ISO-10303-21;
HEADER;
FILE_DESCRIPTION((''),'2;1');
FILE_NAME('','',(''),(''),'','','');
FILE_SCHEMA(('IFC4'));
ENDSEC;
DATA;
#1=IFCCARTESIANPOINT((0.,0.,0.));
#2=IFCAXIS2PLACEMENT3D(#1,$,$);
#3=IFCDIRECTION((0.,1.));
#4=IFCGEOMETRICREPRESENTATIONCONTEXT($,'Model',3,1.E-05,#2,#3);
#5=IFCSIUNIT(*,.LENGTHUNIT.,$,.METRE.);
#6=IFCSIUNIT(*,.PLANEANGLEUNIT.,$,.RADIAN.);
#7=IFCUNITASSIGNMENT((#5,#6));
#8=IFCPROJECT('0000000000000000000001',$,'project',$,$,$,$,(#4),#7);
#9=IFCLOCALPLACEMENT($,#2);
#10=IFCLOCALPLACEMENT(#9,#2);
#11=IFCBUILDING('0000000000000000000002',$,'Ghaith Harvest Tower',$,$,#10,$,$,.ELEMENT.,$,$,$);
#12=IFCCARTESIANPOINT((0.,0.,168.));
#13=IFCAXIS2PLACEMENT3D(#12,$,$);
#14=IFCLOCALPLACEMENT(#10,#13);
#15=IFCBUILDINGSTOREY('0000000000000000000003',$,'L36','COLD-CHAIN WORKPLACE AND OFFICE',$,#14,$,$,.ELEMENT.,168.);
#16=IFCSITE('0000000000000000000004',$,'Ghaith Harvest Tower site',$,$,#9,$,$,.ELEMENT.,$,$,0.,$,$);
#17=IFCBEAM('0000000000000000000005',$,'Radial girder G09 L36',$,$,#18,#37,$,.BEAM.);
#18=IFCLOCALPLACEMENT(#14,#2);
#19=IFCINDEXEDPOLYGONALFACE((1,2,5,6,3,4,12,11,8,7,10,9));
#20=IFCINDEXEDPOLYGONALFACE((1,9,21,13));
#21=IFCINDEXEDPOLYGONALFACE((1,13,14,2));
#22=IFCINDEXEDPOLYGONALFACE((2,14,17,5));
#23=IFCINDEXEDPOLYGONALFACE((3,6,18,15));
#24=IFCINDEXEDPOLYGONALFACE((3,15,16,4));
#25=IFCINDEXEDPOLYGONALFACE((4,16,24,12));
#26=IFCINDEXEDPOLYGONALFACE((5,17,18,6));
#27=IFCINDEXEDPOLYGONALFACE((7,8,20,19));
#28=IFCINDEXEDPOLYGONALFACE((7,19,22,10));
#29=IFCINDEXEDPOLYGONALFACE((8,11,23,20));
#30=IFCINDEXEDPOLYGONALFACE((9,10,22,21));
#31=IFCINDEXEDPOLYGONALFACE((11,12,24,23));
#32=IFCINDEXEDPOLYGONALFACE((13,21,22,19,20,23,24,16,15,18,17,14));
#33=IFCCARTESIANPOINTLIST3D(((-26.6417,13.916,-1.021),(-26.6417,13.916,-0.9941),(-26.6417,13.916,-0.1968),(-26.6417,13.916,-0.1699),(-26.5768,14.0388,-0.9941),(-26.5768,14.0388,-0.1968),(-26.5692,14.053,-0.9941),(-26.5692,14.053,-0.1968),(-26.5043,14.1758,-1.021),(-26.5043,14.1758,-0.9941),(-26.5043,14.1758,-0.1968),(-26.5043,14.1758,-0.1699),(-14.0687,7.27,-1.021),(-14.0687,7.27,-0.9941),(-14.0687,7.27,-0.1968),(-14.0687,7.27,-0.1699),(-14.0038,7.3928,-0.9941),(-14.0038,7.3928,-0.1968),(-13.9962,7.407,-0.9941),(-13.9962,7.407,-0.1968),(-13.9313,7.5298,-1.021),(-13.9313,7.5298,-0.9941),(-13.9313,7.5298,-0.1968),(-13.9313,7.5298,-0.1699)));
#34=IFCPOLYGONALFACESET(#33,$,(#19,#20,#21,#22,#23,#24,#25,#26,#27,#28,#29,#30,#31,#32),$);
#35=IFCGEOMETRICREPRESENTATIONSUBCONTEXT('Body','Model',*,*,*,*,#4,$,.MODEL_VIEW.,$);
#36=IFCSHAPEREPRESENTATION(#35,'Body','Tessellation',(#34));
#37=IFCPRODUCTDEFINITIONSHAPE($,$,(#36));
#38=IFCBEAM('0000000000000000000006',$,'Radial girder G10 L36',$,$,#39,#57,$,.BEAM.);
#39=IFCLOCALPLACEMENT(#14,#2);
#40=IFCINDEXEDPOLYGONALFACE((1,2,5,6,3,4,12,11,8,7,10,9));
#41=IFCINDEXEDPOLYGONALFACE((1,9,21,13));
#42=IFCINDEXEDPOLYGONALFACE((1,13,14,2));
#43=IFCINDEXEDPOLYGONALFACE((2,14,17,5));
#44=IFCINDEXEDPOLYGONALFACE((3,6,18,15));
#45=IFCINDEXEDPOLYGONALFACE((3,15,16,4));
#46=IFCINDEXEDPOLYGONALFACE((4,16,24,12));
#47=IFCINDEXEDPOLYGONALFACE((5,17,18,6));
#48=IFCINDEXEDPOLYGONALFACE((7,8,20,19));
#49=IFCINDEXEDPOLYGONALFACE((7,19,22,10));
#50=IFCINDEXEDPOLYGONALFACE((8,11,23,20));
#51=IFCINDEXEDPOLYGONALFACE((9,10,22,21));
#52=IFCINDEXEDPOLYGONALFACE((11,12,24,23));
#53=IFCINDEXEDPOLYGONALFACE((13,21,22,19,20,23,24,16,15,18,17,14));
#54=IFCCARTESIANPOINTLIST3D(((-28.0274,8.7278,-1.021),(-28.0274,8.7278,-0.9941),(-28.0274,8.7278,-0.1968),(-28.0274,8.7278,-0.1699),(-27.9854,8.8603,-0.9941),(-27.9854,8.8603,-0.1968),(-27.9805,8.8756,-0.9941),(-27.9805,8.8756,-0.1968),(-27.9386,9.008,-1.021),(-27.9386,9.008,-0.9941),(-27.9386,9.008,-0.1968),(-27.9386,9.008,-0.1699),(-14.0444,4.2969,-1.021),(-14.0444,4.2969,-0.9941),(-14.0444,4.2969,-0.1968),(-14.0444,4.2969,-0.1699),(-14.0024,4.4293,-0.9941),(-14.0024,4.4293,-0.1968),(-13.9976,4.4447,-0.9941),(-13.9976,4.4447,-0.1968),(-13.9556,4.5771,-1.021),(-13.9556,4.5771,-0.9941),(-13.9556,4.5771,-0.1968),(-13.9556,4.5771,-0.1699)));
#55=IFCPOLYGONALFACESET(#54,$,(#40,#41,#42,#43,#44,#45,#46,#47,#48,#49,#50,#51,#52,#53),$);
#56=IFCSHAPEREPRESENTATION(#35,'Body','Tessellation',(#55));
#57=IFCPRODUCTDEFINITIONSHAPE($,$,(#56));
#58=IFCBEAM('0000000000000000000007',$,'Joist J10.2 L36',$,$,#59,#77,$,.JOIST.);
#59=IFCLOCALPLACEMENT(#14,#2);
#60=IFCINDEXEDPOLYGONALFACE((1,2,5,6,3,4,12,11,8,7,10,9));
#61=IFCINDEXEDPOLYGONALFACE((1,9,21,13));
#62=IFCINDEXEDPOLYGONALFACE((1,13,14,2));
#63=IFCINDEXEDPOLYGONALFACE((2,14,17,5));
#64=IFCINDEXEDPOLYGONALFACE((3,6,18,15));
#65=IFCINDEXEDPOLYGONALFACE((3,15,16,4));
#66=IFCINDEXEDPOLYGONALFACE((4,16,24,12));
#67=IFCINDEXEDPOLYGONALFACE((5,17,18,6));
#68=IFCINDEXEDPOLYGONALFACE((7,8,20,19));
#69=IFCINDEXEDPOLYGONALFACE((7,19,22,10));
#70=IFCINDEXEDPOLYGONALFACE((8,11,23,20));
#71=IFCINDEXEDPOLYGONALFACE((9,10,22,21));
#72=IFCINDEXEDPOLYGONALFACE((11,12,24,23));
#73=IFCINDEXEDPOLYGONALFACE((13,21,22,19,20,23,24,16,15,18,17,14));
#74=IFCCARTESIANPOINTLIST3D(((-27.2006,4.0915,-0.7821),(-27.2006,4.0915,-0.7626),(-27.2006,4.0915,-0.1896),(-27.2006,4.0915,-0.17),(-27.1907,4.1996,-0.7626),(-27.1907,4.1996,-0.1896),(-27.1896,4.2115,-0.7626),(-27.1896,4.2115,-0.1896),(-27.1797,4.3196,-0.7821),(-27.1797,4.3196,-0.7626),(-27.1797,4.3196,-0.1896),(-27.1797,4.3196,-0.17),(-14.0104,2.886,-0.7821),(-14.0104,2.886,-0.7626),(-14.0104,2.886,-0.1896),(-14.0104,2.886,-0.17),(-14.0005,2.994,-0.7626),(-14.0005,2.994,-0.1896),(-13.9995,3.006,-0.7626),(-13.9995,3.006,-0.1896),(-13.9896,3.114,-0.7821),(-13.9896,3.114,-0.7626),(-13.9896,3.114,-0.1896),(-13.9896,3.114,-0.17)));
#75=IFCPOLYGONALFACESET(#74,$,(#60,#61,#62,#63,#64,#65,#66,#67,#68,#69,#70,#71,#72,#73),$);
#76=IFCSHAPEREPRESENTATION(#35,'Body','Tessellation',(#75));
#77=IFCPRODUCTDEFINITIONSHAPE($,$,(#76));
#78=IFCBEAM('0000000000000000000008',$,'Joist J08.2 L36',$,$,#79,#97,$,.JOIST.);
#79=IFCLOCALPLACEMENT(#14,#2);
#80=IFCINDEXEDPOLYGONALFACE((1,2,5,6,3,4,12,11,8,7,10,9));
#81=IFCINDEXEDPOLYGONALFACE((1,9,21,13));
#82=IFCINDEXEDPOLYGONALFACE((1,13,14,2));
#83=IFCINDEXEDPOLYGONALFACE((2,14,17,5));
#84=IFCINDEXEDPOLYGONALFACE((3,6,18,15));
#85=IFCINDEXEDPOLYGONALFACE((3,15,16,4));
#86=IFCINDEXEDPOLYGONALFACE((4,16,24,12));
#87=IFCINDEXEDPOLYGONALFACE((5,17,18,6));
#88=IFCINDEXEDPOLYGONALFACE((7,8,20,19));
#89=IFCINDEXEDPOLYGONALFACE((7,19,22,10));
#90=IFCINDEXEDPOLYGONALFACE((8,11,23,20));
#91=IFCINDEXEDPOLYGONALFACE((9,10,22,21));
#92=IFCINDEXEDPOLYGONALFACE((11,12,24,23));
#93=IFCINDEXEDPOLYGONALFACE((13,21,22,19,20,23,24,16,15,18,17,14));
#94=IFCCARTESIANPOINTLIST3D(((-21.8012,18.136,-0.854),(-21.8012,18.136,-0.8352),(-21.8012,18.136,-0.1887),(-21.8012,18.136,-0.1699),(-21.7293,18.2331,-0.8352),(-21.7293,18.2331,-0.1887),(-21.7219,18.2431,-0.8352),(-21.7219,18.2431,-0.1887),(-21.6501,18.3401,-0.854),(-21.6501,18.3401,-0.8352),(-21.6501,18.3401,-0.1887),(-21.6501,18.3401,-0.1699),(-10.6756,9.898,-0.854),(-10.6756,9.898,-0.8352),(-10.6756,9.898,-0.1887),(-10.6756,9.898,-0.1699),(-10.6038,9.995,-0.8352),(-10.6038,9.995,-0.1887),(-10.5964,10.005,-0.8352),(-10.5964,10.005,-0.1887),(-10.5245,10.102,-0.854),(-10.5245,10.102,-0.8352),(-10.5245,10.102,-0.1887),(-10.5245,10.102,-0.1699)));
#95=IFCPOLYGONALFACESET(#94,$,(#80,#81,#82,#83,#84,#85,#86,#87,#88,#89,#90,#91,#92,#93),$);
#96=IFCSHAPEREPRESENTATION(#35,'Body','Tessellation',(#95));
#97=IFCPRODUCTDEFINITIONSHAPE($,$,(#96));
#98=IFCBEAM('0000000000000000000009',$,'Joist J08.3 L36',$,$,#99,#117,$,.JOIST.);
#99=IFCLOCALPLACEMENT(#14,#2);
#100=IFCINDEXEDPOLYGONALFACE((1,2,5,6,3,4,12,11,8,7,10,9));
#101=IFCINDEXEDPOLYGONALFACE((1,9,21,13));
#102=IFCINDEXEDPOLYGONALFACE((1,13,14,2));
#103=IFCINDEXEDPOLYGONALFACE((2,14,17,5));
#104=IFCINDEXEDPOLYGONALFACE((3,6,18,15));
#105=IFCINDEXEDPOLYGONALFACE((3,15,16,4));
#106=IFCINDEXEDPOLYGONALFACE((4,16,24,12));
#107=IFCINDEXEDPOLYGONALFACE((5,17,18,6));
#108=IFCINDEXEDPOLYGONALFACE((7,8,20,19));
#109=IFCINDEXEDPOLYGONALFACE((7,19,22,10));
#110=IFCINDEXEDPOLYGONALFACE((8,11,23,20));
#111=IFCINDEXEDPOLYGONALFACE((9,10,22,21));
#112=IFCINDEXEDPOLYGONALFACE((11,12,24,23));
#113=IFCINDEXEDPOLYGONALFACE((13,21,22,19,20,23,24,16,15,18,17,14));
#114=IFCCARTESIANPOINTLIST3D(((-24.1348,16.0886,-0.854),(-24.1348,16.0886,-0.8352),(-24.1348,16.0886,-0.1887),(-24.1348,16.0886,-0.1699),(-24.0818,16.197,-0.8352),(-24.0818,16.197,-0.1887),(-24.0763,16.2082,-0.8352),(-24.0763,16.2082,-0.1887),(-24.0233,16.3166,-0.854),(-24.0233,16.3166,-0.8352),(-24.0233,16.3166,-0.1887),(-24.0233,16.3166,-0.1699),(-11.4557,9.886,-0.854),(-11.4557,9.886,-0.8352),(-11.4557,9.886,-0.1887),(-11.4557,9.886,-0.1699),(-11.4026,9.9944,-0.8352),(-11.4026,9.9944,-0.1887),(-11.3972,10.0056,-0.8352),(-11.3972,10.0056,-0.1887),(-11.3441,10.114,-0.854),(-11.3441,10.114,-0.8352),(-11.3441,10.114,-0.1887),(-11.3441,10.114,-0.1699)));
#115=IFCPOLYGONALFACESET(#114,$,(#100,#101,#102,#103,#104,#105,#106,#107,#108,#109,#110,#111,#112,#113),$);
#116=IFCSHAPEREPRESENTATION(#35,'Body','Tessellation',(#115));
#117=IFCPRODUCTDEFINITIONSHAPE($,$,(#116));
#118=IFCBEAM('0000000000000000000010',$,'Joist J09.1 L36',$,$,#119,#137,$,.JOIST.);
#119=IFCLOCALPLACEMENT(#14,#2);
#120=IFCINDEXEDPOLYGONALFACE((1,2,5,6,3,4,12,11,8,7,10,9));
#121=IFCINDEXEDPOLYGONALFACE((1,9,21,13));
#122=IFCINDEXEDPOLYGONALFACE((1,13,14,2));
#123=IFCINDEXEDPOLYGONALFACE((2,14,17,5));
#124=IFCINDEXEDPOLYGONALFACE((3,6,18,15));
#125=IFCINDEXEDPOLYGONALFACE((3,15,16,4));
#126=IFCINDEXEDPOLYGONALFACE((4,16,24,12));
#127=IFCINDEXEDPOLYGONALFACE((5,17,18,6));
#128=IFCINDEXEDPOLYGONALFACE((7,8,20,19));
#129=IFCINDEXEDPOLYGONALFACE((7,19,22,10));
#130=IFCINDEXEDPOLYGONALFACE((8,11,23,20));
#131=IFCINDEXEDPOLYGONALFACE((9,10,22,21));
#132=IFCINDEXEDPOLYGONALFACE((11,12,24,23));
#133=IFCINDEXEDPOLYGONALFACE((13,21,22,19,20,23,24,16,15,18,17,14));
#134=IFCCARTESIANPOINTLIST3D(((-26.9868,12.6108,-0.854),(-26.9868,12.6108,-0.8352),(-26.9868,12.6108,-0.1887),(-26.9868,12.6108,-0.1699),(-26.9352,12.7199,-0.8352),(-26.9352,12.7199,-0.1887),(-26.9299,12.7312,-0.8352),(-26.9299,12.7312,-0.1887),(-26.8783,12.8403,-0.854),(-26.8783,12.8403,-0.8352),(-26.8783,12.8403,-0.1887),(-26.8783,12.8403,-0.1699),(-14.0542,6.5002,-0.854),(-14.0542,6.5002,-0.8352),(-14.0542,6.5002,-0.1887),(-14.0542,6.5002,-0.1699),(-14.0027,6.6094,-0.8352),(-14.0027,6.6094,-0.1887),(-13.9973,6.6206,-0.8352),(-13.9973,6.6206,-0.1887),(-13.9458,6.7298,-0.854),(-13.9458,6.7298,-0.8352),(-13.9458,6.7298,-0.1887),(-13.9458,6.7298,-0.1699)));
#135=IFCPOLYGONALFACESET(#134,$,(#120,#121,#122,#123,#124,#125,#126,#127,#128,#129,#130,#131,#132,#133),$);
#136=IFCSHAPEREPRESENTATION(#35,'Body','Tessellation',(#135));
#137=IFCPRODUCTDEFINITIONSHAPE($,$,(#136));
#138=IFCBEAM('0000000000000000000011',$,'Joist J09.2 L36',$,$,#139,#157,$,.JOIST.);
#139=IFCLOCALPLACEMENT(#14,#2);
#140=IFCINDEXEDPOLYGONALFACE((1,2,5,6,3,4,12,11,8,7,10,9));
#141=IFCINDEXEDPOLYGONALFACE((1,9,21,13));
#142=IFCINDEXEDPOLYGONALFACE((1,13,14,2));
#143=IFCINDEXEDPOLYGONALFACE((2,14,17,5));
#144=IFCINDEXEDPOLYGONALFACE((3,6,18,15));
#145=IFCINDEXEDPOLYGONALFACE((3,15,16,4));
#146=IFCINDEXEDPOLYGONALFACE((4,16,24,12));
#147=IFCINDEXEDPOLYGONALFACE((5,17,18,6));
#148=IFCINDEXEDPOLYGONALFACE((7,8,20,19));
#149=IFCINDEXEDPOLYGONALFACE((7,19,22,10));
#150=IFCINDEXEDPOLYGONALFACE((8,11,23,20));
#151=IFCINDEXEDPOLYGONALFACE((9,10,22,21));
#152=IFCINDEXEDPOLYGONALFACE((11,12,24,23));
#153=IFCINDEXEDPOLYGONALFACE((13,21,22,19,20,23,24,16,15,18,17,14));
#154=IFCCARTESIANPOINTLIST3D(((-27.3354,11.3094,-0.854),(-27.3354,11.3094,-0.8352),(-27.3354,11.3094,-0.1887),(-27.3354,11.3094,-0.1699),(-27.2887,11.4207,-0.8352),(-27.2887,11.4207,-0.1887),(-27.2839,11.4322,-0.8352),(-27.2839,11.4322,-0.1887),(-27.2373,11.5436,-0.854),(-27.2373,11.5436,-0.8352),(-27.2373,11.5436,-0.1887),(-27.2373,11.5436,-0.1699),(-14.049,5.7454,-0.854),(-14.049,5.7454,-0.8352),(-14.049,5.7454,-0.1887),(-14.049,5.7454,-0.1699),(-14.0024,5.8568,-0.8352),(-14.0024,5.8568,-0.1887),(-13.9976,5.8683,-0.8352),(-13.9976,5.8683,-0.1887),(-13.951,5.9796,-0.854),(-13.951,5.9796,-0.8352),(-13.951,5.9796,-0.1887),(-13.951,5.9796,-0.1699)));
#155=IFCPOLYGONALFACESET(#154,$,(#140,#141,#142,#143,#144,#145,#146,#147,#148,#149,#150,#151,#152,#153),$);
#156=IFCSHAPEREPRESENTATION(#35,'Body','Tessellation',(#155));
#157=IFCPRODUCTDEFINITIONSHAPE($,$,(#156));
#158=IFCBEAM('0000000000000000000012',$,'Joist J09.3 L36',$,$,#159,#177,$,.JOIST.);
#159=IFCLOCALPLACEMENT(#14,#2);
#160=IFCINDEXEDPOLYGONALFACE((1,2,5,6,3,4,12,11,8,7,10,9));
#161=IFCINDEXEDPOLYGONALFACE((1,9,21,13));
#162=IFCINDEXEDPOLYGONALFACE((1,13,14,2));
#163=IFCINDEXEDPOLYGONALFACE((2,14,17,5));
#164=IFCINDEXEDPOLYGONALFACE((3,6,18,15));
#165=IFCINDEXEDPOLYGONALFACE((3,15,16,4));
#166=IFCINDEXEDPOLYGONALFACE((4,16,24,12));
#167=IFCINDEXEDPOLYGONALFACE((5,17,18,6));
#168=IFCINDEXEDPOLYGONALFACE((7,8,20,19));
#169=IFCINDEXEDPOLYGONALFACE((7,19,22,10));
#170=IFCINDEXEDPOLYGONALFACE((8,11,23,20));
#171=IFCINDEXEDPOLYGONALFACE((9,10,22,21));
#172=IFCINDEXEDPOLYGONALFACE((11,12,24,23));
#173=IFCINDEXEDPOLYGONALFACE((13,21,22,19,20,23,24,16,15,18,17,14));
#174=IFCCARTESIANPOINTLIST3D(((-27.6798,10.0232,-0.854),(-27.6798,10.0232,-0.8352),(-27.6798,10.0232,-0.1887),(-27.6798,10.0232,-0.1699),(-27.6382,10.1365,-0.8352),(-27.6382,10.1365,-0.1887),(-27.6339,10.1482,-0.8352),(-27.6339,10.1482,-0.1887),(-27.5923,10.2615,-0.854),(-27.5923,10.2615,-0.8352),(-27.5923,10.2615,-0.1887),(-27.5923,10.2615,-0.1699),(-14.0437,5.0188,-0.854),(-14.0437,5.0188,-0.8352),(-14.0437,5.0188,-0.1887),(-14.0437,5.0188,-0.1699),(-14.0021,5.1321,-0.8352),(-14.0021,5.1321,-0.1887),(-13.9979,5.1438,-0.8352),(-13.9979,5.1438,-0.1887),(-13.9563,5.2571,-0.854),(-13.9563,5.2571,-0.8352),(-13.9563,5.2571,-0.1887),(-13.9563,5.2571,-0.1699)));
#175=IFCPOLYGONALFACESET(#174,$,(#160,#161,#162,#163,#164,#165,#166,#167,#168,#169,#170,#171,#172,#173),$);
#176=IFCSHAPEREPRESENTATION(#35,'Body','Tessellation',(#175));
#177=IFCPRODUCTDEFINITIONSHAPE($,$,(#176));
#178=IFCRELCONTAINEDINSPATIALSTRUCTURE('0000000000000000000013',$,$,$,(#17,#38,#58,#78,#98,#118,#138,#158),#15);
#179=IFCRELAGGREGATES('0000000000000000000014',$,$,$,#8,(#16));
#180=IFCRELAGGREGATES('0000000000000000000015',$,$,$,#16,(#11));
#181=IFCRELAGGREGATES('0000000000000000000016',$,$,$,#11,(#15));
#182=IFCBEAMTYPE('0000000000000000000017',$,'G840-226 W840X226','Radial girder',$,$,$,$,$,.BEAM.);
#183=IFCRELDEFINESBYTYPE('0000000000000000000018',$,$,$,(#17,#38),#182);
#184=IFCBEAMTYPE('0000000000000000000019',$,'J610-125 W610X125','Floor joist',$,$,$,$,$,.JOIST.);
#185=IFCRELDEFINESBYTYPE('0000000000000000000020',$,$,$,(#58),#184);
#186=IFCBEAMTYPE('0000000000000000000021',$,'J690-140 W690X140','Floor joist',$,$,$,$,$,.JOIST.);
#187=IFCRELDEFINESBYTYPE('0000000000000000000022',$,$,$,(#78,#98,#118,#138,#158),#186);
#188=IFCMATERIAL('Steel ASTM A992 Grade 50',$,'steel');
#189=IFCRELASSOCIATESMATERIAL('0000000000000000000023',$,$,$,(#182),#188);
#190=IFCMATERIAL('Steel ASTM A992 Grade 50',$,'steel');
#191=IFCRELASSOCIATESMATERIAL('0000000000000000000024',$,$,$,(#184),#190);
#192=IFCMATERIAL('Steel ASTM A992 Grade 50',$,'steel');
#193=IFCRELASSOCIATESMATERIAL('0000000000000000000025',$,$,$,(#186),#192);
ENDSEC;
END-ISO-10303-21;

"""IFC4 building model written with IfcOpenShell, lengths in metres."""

from ifc_helpers import new_model, si_unit, direction, frame, origin, origin_2d, place, context, subcontext, project, spatial, i_section, extrude, material, material_profile, profile_set, type_object, element, save


model = new_model("IFC4")

# Units and contexts
model_context = context("Model", 3, precision=1e-05, world=origin(), true_north=direction((0.0, 1.0)))
body_context = subcontext(model_context, "Body", "Model", "MODEL_VIEW")
ifc_project = project(units=[si_unit("LENGTHUNIT", "METRE"), si_unit("PLANEANGLEUNIT", "RADIAN")], contexts=[model_context])

# Site, building, storey
site_placement = place(None, origin())
site = spatial("IfcSite", under=ifc_project, at=site_placement, Name="Ghaith Harvest Tower site", CompositionType="ELEMENT", RefElevation=0.0)
building_placement = place(site_placement, origin())
building = spatial("IfcBuilding", under=site, at=building_placement, Name="Ghaith Harvest Tower", CompositionType="ELEMENT")
storey_placement = place(building_placement, frame((0.0, 0.0, 168.0)))
storey = spatial("IfcBuildingStorey", under=building, at=storey_placement, Name="L36", Description="COLD-CHAIN WORKPLACE AND OFFICE", CompositionType="ELEMENT", Elevation=168.0)

# Beams
ifc_material_1 = material(Name="Steel ASTM A992 Grade 50", Category="steel")
ifc_material_profile_1 = material_profile(ifc_material_1, i_section(OverallWidth=0.2939, OverallDepth=0.8511, WebThickness=0.0161, FlangeThickness=0.0269, at=origin_2d()), Name="W840X226")
ifc_profile_set_1 = profile_set([ifc_material_profile_1], Name="Steel ASTM A992 Grade 50")
beam_type_1 = type_object("IfcBeamType", Name="G840-226 W840X226", Description="Radial girder", PredefinedType="BEAM", material=ifc_profile_set_1)
beam_1_placement = place(storey_placement, frame((-14.0, 7.3999, -0.5955), z_axis=(-0.884087, 0.467322, 0.0), x_axis=(-0.467322, -0.884087, 0.0)))
element("IfcBeam", 1, at=beam_1_placement, inside=storey, type_object=beam_type_1, Name="Radial girder G09 L36", PredefinedType="BEAM", context=body_context, shape_type="SweptSolid", body=[
    extrude(i_section(OverallWidth=0.2939, OverallDepth=0.8511, WebThickness=0.0161, FlangeThickness=0.0269, at=origin_2d()), origin(), (0.0, 0.0, 1.0), 14.2214),
])
beam_2_placement = place(storey_placement, frame((-14.0, 4.437, -0.5955), z_axis=(-0.953284, 0.302077, 0.0), x_axis=(-0.302077, -0.953284, 0.0)))
element("IfcBeam", 2, at=beam_2_placement, inside=storey, type_object=beam_type_1, Name="Radial girder G10 L36", PredefinedType="BEAM", context=body_context, shape_type="SweptSolid", body=[
    extrude(i_section(OverallWidth=0.2939, OverallDepth=0.8511, WebThickness=0.0161, FlangeThickness=0.0269, at=origin_2d()), origin(), (0.0, 0.0, 1.0), 14.6682),
])
ifc_material_2 = material(Name="Steel ASTM A992 Grade 50", Category="steel")
ifc_material_profile_2 = material_profile(ifc_material_2, i_section(OverallWidth=0.229, OverallDepth=0.6121, WebThickness=0.012, FlangeThickness=0.0195, at=origin_2d()), Name="W610X125")
ifc_profile_set_2 = profile_set([ifc_material_profile_2], Name="Steel ASTM A992 Grade 50")
beam_type_2 = type_object("IfcBeamType", Name="J610-125 W610X125", Description="Floor joist", PredefinedType="JOIST", material=ifc_profile_set_2)
beam_3_placement = place(storey_placement, frame((-14.0, 3.0, -0.4761), z_axis=(-0.995849, 0.091019, 0.0), x_axis=(-0.091019, -0.995849, 0.0)))
element("IfcBeam", 3, at=beam_3_placement, inside=storey, type_object=beam_type_2, Name="Joist J10.2 L36", PredefinedType="JOIST", context=body_context, shape_type="SweptSolid", body=[
    extrude(i_section(OverallWidth=0.229, OverallDepth=0.6121, WebThickness=0.012, FlangeThickness=0.0195, at=origin_2d()), origin(), (0.0, 0.0, 1.0), 13.2451),
])
ifc_material_3 = material(Name="Steel ASTM A992 Grade 50", Category="steel")
ifc_material_profile_3 = material_profile(ifc_material_3, i_section(OverallWidth=0.2539, OverallDepth=0.6841, WebThickness=0.0125, FlangeThickness=0.0188, at=origin_2d()), Name="W690X140")
ifc_profile_set_3 = profile_set([ifc_material_profile_3], Name="Steel ASTM A992 Grade 50")
beam_type_3 = type_object("IfcBeamType", Name="J690-140 W690X140", Description="Floor joist", PredefinedType="JOIST", material=ifc_profile_set_3)
beam_4_placement = place(storey_placement, frame((-10.6001, 10.0, -0.512), z_axis=(-0.803663, 0.595085, 0.0), x_axis=(-0.595085, -0.803663, 0.0)))
element("IfcBeam", 4, at=beam_4_placement, inside=storey, type_object=beam_type_3, Name="Joist J08.2 L36", PredefinedType="JOIST", context=body_context, shape_type="SweptSolid", body=[
    extrude(i_section(OverallWidth=0.2539, OverallDepth=0.6841, WebThickness=0.0125, FlangeThickness=0.0188, at=origin_2d()), origin(), (0.0, 0.0, 1.0), 13.8435),
])
beam_5_placement = place(storey_placement, frame((-11.3999, 10.0, -0.512), z_axis=(-0.898275, 0.439434, 0.0), x_axis=(-0.439434, -0.898275, 0.0)))
element("IfcBeam", 5, at=beam_5_placement, inside=storey, type_object=beam_type_3, Name="Joist J08.3 L36", PredefinedType="JOIST", context=body_context, shape_type="SweptSolid", body=[
    extrude(i_section(OverallWidth=0.2539, OverallDepth=0.6841, WebThickness=0.0125, FlangeThickness=0.0188, at=origin_2d()), origin(), (0.0, 0.0, 1.0), 14.115),
])
beam_6_placement = place(storey_placement, frame((-14.0, 6.615, -0.512), z_axis=(-0.904153, 0.427208, 0.0), x_axis=(-0.427208, -0.904153, 0.0)))
element("IfcBeam", 6, at=beam_6_placement, inside=storey, type_object=beam_type_3, Name="Joist J09.1 L36", PredefinedType="JOIST", context=body_context, shape_type="SweptSolid", body=[
    extrude(i_section(OverallWidth=0.2539, OverallDepth=0.6841, WebThickness=0.0125, FlangeThickness=0.0188, at=origin_2d()), origin(), (0.0, 0.0, 1.0), 14.3035),
])
beam_7_placement = place(storey_placement, frame((-14.0, 5.8625, -0.512), z_axis=(-0.922386, 0.38627, 0.0), x_axis=(-0.38627, -0.922386, 0.0)))
element("IfcBeam", 7, at=beam_7_placement, inside=storey, type_object=beam_type_3, Name="Joist J09.2 L36", PredefinedType="JOIST", context=body_context, shape_type="SweptSolid", body=[
    extrude(i_section(OverallWidth=0.2539, OverallDepth=0.6841, WebThickness=0.0125, FlangeThickness=0.0188, at=origin_2d()), origin(), (0.0, 0.0, 1.0), 14.4043),
])
beam_8_placement = place(storey_placement, frame((-14.0, 5.1379, -0.512), z_axis=(-0.938775, 0.34453, 0.0), x_axis=(-0.34453, -0.938775, 0.0)))
element("IfcBeam", 8, at=beam_8_placement, inside=storey, type_object=beam_type_3, Name="Joist J09.3 L36", PredefinedType="JOIST", context=body_context, shape_type="SweptSolid", body=[
    extrude(i_section(OverallWidth=0.2539, OverallDepth=0.6841, WebThickness=0.0125, FlangeThickness=0.0188, at=origin_2d()), origin(), (0.0, 0.0, 1.0), 14.5254),
])

save(model, "model.ifc")
